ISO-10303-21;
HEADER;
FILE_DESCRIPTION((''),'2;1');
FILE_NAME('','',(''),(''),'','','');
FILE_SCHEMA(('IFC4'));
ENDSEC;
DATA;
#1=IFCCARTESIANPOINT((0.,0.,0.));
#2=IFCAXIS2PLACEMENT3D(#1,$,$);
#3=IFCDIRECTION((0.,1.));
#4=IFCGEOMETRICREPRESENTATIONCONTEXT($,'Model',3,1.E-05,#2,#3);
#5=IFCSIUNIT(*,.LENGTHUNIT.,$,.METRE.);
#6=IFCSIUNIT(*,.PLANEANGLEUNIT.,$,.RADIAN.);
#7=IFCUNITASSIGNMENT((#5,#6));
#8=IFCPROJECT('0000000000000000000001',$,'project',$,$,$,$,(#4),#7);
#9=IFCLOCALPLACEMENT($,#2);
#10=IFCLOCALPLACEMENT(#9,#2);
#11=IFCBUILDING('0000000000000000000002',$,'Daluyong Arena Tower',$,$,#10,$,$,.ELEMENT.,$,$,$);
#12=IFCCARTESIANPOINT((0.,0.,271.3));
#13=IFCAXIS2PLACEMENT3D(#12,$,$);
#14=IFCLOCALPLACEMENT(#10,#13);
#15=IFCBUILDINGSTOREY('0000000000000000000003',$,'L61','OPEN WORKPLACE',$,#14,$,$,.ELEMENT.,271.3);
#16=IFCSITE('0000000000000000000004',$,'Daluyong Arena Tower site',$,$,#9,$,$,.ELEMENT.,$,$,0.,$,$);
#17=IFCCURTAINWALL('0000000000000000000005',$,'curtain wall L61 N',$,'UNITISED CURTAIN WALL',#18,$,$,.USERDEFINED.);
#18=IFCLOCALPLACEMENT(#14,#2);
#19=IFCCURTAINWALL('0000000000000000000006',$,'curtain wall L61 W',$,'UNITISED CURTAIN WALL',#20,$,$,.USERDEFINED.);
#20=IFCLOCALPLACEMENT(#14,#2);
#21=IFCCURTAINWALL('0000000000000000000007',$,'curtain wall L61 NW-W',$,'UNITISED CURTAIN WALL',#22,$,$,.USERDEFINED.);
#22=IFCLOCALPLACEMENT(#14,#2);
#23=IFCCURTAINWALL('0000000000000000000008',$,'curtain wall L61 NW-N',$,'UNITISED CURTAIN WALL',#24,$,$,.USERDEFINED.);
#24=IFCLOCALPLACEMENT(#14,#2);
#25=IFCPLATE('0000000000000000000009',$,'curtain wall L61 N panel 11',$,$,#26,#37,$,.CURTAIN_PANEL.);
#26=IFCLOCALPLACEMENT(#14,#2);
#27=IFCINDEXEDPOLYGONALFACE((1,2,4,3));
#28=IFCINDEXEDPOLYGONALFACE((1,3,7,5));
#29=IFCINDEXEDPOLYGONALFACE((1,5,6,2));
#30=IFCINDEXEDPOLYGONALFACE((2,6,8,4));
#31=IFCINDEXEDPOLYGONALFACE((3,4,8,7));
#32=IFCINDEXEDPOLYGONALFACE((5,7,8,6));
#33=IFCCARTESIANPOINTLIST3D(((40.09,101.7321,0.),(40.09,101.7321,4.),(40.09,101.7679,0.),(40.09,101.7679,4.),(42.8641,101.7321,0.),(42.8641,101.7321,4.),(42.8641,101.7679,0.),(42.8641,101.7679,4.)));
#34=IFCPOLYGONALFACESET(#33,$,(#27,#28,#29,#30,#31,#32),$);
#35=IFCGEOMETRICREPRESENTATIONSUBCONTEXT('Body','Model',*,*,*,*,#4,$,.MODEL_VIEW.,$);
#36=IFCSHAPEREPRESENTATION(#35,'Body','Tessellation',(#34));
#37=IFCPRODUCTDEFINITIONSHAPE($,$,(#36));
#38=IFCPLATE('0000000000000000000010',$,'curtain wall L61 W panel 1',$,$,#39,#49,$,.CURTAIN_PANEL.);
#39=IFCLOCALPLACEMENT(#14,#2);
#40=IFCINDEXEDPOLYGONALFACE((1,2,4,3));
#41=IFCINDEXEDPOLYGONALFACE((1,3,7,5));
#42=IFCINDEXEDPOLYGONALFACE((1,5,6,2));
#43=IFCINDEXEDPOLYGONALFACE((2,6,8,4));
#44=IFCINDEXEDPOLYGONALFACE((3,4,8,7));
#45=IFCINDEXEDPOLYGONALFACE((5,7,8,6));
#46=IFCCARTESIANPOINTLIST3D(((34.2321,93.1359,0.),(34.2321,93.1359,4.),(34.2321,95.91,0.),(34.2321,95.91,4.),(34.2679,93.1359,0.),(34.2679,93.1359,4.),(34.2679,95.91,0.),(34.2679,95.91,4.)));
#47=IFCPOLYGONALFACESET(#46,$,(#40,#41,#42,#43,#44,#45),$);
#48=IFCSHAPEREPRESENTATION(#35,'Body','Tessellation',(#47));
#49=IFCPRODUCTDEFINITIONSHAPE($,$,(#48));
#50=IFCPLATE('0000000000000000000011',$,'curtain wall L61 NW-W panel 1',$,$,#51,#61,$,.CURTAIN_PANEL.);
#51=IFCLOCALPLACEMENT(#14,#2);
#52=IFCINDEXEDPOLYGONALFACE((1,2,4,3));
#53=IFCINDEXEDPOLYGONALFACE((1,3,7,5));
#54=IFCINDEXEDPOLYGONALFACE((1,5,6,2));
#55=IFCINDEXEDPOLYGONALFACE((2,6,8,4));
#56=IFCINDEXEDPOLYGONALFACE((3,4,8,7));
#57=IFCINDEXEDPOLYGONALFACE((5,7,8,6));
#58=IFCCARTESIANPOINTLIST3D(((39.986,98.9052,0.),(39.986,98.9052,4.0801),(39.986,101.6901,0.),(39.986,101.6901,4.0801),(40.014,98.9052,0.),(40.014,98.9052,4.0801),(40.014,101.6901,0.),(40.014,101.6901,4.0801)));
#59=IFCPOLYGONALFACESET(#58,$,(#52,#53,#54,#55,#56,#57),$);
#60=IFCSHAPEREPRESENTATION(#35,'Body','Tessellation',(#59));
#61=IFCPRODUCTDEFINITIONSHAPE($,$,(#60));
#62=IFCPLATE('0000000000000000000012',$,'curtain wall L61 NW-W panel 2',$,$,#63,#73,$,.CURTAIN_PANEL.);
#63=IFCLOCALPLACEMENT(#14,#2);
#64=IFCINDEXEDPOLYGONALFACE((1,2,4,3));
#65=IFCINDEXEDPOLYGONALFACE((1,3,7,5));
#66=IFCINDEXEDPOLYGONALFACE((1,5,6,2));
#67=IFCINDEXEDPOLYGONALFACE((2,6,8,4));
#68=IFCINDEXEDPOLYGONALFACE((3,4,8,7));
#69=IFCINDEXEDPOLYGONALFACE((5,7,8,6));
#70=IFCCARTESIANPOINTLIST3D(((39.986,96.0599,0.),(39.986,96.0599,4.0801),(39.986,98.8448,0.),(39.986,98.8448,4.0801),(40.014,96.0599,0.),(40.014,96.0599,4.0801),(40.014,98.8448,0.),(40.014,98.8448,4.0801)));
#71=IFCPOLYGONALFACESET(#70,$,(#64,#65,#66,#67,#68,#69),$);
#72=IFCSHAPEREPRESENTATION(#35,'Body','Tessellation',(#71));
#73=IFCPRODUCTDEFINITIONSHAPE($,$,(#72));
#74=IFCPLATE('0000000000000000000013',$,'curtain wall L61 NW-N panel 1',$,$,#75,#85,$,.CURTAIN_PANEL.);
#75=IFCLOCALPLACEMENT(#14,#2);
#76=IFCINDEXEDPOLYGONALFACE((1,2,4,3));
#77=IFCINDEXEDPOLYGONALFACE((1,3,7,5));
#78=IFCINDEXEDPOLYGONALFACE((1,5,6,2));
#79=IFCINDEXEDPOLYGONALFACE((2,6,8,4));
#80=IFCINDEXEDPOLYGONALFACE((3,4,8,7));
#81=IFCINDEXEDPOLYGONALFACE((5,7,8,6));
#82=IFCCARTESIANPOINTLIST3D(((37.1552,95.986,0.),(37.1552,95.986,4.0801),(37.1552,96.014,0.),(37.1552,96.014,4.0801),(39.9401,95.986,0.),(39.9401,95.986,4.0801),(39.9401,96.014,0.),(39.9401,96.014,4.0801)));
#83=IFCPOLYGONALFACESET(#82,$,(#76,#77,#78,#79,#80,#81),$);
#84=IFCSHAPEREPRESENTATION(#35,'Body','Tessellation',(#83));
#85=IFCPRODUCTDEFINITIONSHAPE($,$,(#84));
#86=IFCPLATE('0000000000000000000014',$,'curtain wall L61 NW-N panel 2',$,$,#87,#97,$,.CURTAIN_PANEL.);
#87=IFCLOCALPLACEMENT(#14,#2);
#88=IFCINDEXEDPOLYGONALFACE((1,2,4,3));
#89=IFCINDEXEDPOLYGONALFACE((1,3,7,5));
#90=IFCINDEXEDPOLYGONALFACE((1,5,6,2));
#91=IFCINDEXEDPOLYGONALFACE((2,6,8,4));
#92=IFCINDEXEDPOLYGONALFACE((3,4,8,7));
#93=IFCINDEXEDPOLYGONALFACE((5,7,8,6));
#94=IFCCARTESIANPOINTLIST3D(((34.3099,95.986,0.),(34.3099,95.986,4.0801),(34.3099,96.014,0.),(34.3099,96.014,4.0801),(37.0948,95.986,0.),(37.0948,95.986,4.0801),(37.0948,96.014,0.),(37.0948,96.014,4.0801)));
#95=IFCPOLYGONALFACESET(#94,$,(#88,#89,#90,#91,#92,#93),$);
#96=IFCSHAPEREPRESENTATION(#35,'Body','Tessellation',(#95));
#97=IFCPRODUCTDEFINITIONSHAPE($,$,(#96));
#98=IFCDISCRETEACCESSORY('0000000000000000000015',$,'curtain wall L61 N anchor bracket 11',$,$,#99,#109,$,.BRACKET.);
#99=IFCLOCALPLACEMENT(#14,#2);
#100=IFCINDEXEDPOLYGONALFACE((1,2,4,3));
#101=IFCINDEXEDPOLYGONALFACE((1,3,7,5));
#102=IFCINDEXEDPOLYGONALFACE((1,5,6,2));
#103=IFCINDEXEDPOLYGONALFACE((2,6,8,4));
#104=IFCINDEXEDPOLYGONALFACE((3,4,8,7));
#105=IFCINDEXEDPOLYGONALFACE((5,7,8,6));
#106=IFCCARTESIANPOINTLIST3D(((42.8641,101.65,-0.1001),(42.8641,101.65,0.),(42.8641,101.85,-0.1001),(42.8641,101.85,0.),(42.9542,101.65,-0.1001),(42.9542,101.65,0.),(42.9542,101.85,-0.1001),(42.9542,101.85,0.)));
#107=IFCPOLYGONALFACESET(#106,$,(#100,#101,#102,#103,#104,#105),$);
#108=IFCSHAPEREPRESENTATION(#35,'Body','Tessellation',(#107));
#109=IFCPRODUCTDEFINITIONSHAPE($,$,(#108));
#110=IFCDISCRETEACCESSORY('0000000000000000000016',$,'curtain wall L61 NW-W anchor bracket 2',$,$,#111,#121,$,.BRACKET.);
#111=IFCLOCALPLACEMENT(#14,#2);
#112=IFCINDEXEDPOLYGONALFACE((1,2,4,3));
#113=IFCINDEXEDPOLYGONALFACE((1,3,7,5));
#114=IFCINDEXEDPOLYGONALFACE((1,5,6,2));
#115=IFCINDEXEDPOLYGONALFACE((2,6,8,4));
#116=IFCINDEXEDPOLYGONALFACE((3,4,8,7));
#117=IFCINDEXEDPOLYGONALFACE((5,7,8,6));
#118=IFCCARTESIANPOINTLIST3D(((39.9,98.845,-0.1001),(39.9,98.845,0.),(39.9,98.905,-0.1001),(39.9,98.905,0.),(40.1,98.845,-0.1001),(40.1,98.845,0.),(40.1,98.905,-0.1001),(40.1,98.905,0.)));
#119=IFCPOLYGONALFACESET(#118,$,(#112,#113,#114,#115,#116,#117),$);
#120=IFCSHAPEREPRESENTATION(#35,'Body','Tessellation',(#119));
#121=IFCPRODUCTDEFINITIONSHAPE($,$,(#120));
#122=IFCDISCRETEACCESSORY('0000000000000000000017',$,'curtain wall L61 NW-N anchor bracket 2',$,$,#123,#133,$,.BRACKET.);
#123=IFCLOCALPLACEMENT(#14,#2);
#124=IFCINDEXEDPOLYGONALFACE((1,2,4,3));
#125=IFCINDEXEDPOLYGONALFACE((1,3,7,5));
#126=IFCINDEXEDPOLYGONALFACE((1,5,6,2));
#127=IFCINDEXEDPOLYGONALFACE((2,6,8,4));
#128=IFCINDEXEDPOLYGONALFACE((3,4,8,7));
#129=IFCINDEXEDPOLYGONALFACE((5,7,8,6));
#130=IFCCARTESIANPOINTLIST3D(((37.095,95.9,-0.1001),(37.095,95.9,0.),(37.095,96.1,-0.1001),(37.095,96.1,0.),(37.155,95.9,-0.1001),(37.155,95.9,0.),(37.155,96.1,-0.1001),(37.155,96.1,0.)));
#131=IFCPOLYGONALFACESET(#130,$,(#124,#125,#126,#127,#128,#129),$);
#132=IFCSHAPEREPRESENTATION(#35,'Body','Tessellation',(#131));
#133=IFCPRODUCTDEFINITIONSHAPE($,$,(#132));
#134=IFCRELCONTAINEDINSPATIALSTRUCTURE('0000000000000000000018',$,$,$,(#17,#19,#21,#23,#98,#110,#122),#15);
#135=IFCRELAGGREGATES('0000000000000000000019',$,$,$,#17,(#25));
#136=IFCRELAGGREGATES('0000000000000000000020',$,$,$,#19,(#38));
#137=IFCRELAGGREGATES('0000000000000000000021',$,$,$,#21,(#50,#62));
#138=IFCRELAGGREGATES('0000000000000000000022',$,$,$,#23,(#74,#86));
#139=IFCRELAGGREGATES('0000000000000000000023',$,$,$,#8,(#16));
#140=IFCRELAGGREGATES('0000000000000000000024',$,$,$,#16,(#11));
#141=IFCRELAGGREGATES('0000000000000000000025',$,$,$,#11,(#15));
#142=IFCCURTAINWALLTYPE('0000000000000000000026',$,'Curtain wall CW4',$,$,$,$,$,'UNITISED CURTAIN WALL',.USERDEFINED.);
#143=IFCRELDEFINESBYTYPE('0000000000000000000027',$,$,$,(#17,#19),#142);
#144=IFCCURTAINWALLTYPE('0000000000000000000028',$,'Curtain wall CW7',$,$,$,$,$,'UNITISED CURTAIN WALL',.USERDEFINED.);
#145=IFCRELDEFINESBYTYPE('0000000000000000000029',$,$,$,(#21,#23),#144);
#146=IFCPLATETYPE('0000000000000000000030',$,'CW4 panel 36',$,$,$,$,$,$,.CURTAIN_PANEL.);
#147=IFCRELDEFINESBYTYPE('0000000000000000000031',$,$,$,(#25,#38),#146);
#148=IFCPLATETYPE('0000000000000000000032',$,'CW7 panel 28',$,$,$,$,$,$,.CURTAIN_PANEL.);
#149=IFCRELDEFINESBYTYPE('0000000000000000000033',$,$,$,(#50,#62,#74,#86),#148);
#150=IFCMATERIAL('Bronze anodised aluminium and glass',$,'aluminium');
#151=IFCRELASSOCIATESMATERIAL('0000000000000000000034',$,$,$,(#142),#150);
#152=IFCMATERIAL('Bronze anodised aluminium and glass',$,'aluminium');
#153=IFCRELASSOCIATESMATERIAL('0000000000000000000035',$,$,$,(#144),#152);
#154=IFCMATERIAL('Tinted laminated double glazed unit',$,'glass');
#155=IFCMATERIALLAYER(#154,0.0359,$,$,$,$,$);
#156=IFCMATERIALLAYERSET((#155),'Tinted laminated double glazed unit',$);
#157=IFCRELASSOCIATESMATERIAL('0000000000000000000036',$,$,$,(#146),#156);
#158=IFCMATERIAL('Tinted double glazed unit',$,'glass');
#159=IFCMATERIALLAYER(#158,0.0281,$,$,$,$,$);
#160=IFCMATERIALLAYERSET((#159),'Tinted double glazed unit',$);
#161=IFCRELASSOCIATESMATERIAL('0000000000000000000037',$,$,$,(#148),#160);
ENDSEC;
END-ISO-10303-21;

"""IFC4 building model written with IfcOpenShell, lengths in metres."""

from ifc_helpers import new_model, si_unit, direction, frame, origin, origin_2d, place, context, subcontext, project, spatial, rectangle, extrude, material, layer, layer_set, type_object, element, aggregate, save


model = new_model("IFC4")

# Units and contexts
model_context = context("Model", 3, precision=1e-05, world=origin(), true_north=direction((0.0, 1.0)))
body_context = subcontext(model_context, "Body", "Model", "MODEL_VIEW")
ifc_project = project(units=[si_unit("LENGTHUNIT", "METRE"), si_unit("PLANEANGLEUNIT", "RADIAN")], contexts=[model_context])

# Site, building, storey
site_placement = place(None, origin())
site = spatial("IfcSite", under=ifc_project, at=site_placement, Name="Daluyong Arena Tower site", CompositionType="ELEMENT", RefElevation=0.0)
building_placement = place(site_placement, origin())
building = spatial("IfcBuilding", under=site, at=building_placement, Name="Daluyong Arena Tower", CompositionType="ELEMENT")
storey_placement = place(building_placement, frame((0.0, 0.0, 271.3)))
storey = spatial("IfcBuildingStorey", under=building, at=storey_placement, Name="L61", Description="OPEN WORKPLACE", CompositionType="ELEMENT", Elevation=271.3)

# Curtain walls
ifc_material_1 = material(Name="Bronze anodised aluminium and glass", Category="aluminium")
curtain_wall_type_1 = type_object("IfcCurtainWallType", Name="Curtain wall CW4", ElementType="UNITISED CURTAIN WALL", PredefinedType="USERDEFINED", material=ifc_material_1)
curtain_wall_1_placement = place(storey_placement, origin())
curtain_wall_1 = element("IfcCurtainWall", 1, at=curtain_wall_1_placement, inside=storey, type_object=curtain_wall_type_1, Name="curtain wall L61 N", ObjectType="UNITISED CURTAIN WALL", PredefinedType="USERDEFINED")
curtain_wall_2_placement = place(storey_placement, origin())
curtain_wall_2 = element("IfcCurtainWall", 2, at=curtain_wall_2_placement, inside=storey, type_object=curtain_wall_type_1, Name="curtain wall L61 W", ObjectType="UNITISED CURTAIN WALL", PredefinedType="USERDEFINED")

# Curtain walls
ifc_material_2 = material(Name="Bronze anodised aluminium and glass", Category="aluminium")
curtain_wall_type_2 = type_object("IfcCurtainWallType", Name="Curtain wall CW7", ElementType="UNITISED CURTAIN WALL", PredefinedType="USERDEFINED", material=ifc_material_2)
curtain_wall_3_placement = place(storey_placement, origin())
curtain_wall_3 = element("IfcCurtainWall", 3, at=curtain_wall_3_placement, inside=storey, type_object=curtain_wall_type_2, Name="curtain wall L61 NW-W", ObjectType="UNITISED CURTAIN WALL", PredefinedType="USERDEFINED")
curtain_wall_4_placement = place(storey_placement, origin())
curtain_wall_4 = element("IfcCurtainWall", 4, at=curtain_wall_4_placement, inside=storey, type_object=curtain_wall_type_2, Name="curtain wall L61 NW-N", ObjectType="UNITISED CURTAIN WALL", PredefinedType="USERDEFINED")

# Plates
ifc_material_3 = material(Name="Tinted laminated double glazed unit", Category="glass")
ifc_layer_1 = layer(ifc_material_3, 0.0359)
ifc_layer_set_1 = layer_set([ifc_layer_1], Name="Tinted laminated double glazed unit")
plate_type_1 = type_object("IfcPlateType", Name="CW4 panel 36", PredefinedType="CURTAIN_PANEL", material=ifc_layer_set_1)
plate_1_placement = place(storey_placement, frame((41.4771, 101.75, 0.0), z_axis=(0.0, 0.0, 1.0), x_axis=(-1.0, 0.0, 0.0)))
plate_1 = element("IfcPlate", 5, at=plate_1_placement, type_object=plate_type_1, Name="curtain wall L61 N panel 11", PredefinedType="CURTAIN_PANEL", context=body_context, shape_type="SweptSolid", body=[
    extrude(rectangle(XDim=2.7742, YDim=0.0359, at=origin_2d()), origin(), (0.0, 0.0, 1.0), 4.0),
])
aggregate(curtain_wall_1, [plate_1])
plate_2_placement = place(storey_placement, frame((34.25, 94.5229, 0.0), z_axis=(0.0, 0.0, 1.0), x_axis=(0.0, -1.0, 0.0)))
plate_2 = element("IfcPlate", 6, at=plate_2_placement, type_object=plate_type_1, Name="curtain wall L61 W panel 1", PredefinedType="CURTAIN_PANEL", context=body_context, shape_type="SweptSolid", body=[
    extrude(rectangle(XDim=2.7742, YDim=0.0359, at=origin_2d()), origin(), (0.0, 0.0, 1.0), 4.0),
])
aggregate(curtain_wall_2, [plate_2])
ifc_material_4 = material(Name="Tinted double glazed unit", Category="glass")
ifc_layer_2 = layer(ifc_material_4, 0.0281)
ifc_layer_set_2 = layer_set([ifc_layer_2], Name="Tinted double glazed unit")
plate_type_2 = type_object("IfcPlateType", Name="CW7 panel 28", PredefinedType="CURTAIN_PANEL", material=ifc_layer_set_2)
plate_3_placement = place(storey_placement, frame((40.0, 100.2976, 0.0), z_axis=(0.0, 0.0, 1.0), x_axis=(0.0, -1.0, 0.0)))
plate_3 = element("IfcPlate", 7, at=plate_3_placement, type_object=plate_type_2, Name="curtain wall L61 NW-W panel 1", PredefinedType="CURTAIN_PANEL", context=body_context, shape_type="SweptSolid", body=[
    extrude(rectangle(XDim=2.7849, YDim=0.0281, at=origin_2d()), origin(), (0.0, 0.0, 1.0), 4.0801),
])
plate_4_placement = place(storey_placement, frame((40.0, 97.4524, 0.0), z_axis=(0.0, 0.0, 1.0), x_axis=(0.0, -1.0, 0.0)))
plate_4 = element("IfcPlate", 8, at=plate_4_placement, type_object=plate_type_2, Name="curtain wall L61 NW-W panel 2", PredefinedType="CURTAIN_PANEL", context=body_context, shape_type="SweptSolid", body=[
    extrude(rectangle(XDim=2.7849, YDim=0.0281, at=origin_2d()), origin(), (0.0, 0.0, 1.0), 4.0801),
])
aggregate(curtain_wall_3, [plate_3, plate_4])
plate_5_placement = place(storey_placement, frame((38.5476, 96.0, 0.0), z_axis=(0.0, 0.0, 1.0), x_axis=(-1.0, 0.0, 0.0)))
plate_5 = element("IfcPlate", 9, at=plate_5_placement, type_object=plate_type_2, Name="curtain wall L61 NW-N panel 1", PredefinedType="CURTAIN_PANEL", context=body_context, shape_type="SweptSolid", body=[
    extrude(rectangle(XDim=2.7849, YDim=0.0281, at=origin_2d()), origin(), (0.0, 0.0, 1.0), 4.0801),
])
plate_6_placement = place(storey_placement, frame((35.7024, 96.0, 0.0), z_axis=(0.0, 0.0, 1.0), x_axis=(-1.0, 0.0, 0.0)))
plate_6 = element("IfcPlate", 10, at=plate_6_placement, type_object=plate_type_2, Name="curtain wall L61 NW-N panel 2", PredefinedType="CURTAIN_PANEL", context=body_context, shape_type="SweptSolid", body=[
    extrude(rectangle(XDim=2.7849, YDim=0.0281, at=origin_2d()), origin(), (0.0, 0.0, 1.0), 4.0801),
])
aggregate(curtain_wall_4, [plate_5, plate_6])

# Discrete accessories
discrete_accessory_placement = place(storey_placement, frame((42.9092, 101.75, -0.1001), z_axis=(0.0, 0.0, 1.0), x_axis=(-1.0, 0.0, 0.0)))
element("IfcDiscreteAccessory", 11, at=discrete_accessory_placement, inside=storey, Name="curtain wall L61 N anchor bracket 11", PredefinedType="BRACKET", context=body_context, shape_type="SweptSolid", body=[
    extrude(rectangle(XDim=0.0901, YDim=0.2, at=origin_2d()), origin(), (0.0, 0.0, 1.0), 0.1001),
])
for number, where, z_axis, x_axis, name in (
    (12, (40.0, 98.875, -0.1001), (0.0, 0.0, 1.0), (0.0, -1.0, 0.0), "curtain wall L61 NW-W anchor bracket 2"),
    (13, (37.125, 96.0, -0.1001), (0.0, 0.0, 1.0), (-1.0, 0.0, 0.0), "curtain wall L61 NW-N anchor bracket 2"),
):
    element("IfcDiscreteAccessory", number, at=place(storey_placement, frame(where, z_axis=z_axis, x_axis=x_axis)), inside=storey, Name=name, PredefinedType="BRACKET", context=body_context, shape_type="SweptSolid", body=[
        extrude(rectangle(XDim=0.0601, YDim=0.2, at=origin_2d()), origin(), (0.0, 0.0, 1.0), 0.1001),
    ])

save(model, "model.ifc")
